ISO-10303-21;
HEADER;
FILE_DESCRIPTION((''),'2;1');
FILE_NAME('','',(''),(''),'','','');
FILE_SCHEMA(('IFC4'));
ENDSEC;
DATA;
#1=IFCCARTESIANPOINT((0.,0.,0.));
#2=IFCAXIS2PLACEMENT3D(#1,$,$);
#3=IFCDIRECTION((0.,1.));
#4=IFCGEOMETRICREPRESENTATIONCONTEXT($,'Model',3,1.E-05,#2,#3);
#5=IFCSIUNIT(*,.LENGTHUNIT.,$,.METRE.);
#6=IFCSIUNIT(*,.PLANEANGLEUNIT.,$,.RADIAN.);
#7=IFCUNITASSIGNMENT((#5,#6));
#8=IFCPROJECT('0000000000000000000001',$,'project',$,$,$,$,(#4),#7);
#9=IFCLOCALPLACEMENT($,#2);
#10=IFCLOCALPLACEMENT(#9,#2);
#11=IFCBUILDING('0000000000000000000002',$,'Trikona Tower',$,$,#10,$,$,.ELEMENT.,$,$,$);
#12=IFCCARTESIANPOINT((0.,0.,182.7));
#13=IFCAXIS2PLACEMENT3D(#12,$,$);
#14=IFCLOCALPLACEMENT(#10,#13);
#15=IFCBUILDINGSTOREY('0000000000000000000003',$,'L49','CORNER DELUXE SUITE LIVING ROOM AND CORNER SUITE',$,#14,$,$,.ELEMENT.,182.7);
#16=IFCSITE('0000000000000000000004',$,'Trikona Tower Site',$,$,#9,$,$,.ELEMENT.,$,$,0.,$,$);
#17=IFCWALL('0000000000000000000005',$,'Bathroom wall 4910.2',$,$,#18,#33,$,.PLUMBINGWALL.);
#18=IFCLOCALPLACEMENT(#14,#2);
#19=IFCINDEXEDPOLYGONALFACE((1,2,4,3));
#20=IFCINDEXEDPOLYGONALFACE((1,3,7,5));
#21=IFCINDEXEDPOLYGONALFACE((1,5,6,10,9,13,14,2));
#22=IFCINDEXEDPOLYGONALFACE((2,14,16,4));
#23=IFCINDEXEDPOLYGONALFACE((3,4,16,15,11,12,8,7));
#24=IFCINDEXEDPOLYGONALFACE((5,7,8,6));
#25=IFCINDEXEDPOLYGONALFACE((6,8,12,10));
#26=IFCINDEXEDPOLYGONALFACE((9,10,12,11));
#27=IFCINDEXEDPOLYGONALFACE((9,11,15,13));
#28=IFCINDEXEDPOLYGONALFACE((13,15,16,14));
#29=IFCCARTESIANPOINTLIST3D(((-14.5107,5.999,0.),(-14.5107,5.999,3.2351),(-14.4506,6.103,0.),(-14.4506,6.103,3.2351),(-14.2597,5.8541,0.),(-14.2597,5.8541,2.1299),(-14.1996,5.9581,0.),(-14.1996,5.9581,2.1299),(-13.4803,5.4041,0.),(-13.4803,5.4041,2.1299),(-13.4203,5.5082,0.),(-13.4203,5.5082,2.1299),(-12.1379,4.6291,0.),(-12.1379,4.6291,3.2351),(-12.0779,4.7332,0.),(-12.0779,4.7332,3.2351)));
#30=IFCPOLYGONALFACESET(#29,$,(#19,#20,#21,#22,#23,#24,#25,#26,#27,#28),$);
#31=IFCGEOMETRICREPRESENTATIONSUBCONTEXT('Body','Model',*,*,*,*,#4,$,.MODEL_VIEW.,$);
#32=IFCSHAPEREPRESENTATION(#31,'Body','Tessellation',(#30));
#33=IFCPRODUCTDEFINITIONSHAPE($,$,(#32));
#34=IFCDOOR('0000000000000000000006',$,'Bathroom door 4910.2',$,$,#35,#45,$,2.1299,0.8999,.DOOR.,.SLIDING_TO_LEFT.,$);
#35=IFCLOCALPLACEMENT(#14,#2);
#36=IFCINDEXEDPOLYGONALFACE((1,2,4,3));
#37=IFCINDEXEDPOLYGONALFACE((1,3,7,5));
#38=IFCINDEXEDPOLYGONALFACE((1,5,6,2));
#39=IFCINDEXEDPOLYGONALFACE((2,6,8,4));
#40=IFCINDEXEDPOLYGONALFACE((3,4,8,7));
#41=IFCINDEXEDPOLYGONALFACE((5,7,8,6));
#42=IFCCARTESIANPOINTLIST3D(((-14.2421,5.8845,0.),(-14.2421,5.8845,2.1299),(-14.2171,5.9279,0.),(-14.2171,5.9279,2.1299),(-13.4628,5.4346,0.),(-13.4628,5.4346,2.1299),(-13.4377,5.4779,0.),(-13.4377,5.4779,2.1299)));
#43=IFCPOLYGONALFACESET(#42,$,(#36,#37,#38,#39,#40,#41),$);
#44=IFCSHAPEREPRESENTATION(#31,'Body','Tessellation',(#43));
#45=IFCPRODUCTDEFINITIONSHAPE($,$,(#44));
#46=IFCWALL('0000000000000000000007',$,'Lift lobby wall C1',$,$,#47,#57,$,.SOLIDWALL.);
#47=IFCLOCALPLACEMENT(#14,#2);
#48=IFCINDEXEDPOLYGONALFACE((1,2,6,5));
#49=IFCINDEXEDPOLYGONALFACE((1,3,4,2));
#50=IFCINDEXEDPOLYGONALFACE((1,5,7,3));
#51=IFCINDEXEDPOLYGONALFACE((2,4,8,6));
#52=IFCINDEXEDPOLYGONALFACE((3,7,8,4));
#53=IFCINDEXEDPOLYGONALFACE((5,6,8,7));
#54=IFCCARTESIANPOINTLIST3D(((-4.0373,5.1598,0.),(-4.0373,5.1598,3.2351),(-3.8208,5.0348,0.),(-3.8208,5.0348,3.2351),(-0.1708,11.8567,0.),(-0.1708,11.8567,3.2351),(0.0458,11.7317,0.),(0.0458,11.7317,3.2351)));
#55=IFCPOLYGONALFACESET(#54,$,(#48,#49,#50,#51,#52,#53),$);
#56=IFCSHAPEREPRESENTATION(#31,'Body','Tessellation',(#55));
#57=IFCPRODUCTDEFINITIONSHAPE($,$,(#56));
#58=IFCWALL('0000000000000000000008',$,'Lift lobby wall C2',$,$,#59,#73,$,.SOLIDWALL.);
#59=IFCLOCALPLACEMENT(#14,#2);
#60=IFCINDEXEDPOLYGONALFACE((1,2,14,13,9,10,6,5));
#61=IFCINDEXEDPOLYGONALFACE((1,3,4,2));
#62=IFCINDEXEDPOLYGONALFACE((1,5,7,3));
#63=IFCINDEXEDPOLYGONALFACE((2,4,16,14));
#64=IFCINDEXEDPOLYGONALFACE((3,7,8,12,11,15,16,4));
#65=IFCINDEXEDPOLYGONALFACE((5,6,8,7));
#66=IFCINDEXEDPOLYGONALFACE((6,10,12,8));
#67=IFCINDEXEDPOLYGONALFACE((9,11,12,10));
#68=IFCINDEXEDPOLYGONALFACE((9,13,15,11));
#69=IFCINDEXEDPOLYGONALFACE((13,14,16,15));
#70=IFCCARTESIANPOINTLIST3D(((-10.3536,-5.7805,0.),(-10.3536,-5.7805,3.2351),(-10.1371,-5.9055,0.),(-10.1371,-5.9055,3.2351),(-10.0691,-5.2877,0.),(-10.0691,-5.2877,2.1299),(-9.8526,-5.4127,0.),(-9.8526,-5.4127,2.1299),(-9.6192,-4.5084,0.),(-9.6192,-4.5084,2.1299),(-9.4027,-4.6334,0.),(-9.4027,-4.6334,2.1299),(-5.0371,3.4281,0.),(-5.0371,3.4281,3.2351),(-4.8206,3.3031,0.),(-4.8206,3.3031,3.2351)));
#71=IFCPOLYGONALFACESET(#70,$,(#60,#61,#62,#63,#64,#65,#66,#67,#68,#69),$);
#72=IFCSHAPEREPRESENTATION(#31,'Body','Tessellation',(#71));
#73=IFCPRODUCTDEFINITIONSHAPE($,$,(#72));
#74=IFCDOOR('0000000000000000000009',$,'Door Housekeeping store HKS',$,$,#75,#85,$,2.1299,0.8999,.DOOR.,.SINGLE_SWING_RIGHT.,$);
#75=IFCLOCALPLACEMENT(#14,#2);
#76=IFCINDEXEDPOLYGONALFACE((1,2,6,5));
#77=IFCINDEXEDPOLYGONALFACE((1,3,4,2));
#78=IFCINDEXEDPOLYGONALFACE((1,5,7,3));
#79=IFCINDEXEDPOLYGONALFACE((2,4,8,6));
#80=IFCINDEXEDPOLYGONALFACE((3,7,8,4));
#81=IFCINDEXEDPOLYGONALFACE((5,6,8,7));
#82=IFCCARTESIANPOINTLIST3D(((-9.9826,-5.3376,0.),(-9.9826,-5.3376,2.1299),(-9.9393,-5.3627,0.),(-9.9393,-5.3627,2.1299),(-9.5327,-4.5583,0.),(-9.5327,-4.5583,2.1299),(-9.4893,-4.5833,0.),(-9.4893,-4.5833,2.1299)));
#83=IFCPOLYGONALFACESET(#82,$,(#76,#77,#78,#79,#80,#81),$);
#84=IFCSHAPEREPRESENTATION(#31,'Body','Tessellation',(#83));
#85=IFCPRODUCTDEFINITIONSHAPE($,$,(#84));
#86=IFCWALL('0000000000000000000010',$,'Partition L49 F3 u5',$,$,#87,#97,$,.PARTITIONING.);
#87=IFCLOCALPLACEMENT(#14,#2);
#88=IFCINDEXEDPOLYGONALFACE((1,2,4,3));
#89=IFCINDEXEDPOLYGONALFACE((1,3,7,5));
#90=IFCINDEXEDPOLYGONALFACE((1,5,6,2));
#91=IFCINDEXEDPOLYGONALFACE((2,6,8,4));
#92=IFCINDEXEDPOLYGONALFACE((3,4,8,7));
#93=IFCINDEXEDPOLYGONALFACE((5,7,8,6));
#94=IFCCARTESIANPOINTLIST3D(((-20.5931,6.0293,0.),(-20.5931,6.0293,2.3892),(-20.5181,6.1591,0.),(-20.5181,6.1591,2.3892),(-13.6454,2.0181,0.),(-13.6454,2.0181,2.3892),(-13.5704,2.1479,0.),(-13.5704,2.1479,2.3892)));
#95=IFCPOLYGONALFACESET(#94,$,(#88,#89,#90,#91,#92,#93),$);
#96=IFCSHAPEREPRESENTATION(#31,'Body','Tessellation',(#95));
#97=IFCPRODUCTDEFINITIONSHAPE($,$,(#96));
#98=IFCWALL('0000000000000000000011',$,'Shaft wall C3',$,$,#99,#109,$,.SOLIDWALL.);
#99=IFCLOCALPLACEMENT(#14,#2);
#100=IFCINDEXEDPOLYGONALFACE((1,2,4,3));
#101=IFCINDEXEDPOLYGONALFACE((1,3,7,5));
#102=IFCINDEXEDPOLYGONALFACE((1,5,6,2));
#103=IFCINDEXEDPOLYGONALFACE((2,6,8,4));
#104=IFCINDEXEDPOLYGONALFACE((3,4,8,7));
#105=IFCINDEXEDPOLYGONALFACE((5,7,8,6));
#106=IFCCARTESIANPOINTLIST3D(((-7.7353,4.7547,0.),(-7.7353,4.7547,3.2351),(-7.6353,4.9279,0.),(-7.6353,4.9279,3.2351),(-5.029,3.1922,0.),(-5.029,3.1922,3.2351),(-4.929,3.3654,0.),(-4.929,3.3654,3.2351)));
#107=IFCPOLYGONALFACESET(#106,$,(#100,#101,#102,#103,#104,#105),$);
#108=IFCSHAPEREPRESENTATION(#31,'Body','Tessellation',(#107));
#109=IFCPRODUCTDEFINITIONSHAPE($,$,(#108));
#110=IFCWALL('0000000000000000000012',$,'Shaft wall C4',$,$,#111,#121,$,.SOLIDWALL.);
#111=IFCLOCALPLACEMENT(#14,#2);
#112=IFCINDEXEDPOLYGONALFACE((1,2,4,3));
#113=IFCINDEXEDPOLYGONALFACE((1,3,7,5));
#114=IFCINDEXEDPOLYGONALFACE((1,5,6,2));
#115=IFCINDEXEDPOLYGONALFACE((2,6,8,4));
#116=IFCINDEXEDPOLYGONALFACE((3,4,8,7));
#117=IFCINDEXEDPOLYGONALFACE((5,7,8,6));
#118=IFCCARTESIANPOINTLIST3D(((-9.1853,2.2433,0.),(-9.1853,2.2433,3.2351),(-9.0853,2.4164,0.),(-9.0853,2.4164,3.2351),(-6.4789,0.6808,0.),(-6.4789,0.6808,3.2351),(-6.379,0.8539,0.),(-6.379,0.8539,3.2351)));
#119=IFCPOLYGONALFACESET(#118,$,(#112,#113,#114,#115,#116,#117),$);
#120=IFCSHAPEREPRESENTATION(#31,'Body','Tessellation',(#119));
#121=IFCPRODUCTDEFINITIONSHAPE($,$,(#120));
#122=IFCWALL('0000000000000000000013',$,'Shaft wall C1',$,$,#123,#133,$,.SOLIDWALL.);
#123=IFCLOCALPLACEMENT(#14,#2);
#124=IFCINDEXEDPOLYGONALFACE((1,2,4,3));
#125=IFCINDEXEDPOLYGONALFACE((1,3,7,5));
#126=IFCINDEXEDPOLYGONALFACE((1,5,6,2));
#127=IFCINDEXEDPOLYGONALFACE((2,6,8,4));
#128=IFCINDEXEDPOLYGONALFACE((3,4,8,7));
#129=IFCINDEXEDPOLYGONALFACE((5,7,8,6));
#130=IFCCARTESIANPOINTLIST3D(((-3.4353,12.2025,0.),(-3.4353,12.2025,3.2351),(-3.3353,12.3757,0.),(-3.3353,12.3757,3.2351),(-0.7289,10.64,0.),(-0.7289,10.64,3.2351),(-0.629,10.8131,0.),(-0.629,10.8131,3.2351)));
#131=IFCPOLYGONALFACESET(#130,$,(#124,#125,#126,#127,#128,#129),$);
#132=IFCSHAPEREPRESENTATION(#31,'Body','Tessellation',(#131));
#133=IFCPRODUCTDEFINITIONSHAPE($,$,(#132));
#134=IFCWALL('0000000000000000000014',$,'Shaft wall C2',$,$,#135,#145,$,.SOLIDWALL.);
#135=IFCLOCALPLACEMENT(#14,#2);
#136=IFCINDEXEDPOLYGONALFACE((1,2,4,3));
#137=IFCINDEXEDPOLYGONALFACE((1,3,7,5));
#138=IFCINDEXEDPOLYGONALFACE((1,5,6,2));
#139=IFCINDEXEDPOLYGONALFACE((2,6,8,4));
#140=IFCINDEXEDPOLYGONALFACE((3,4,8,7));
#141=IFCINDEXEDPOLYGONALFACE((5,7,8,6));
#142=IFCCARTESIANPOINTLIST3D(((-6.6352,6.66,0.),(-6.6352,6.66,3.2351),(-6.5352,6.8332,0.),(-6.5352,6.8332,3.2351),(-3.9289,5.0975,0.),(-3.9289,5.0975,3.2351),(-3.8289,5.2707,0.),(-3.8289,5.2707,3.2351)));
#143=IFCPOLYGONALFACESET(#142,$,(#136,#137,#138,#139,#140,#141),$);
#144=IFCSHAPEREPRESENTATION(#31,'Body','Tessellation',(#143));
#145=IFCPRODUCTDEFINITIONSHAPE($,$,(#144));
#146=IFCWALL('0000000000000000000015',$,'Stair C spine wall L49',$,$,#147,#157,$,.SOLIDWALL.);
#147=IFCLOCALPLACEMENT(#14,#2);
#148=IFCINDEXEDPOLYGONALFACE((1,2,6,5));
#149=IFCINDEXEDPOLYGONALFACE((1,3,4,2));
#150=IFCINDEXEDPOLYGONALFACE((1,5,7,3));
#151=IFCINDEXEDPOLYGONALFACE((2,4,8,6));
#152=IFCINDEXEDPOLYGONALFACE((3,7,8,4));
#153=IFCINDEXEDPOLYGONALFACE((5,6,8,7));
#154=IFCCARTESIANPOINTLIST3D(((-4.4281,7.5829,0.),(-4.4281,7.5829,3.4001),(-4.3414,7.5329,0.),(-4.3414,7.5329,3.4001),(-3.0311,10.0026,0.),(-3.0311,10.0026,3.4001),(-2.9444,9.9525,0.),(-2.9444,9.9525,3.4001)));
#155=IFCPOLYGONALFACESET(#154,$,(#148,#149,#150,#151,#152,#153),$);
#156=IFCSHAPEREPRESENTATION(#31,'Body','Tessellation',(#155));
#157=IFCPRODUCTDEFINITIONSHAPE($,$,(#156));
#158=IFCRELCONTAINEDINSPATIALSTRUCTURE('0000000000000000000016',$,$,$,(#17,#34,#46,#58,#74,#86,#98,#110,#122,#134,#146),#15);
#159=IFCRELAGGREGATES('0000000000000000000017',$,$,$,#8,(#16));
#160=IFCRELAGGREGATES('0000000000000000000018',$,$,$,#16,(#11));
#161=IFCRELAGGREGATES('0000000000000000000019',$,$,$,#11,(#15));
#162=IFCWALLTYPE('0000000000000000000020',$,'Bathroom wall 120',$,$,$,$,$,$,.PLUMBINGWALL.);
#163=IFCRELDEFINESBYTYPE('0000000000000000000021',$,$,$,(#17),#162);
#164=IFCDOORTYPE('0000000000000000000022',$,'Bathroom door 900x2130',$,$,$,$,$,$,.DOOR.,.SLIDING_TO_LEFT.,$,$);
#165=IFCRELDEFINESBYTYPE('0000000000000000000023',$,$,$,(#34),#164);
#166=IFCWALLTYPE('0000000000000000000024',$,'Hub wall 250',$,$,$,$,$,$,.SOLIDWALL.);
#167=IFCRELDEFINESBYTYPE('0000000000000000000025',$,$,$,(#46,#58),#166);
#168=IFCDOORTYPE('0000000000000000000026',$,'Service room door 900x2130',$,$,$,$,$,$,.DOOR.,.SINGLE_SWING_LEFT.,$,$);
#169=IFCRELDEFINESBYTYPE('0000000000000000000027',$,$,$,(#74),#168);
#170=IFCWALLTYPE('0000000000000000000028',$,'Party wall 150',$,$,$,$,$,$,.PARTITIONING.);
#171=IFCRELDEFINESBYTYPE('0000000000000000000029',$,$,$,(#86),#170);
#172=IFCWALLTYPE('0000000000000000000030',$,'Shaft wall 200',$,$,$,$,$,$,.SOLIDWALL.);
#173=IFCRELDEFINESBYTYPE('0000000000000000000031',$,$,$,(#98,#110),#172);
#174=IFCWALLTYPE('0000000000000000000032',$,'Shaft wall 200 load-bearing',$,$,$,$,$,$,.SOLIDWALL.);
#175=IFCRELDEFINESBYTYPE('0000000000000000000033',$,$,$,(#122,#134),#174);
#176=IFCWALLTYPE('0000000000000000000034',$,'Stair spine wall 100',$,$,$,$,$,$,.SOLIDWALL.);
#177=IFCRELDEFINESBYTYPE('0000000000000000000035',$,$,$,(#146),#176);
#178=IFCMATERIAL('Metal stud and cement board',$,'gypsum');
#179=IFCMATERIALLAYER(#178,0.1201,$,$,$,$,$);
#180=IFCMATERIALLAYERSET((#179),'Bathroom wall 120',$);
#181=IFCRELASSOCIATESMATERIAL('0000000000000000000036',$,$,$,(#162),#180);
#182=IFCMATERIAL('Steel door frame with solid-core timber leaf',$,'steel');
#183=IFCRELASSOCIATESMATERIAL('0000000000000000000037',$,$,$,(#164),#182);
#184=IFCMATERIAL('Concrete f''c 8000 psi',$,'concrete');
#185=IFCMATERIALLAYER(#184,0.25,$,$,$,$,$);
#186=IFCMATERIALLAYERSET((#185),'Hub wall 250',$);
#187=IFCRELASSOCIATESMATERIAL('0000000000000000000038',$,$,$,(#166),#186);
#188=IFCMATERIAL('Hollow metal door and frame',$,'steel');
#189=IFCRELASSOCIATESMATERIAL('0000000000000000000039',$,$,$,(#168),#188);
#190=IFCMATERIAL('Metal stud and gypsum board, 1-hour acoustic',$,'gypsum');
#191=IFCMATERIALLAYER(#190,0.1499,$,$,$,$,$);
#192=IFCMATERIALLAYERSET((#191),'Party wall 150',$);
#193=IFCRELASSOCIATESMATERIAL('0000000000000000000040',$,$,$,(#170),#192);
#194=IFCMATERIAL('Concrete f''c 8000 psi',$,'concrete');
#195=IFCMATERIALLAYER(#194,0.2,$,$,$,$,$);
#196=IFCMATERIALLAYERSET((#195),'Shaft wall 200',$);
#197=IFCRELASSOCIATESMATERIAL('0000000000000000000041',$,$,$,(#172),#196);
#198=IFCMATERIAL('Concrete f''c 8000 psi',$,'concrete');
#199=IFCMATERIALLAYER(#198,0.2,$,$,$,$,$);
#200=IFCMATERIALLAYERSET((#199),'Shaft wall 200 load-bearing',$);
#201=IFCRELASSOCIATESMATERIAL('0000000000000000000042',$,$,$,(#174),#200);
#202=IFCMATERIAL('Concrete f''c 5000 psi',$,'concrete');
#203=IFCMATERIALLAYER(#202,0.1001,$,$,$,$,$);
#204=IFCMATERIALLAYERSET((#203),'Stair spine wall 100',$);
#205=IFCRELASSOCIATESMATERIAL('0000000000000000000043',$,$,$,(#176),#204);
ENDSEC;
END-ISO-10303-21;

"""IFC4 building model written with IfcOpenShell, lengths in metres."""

from ifc_helpers import new_model, si_unit, direction, frame, frame_2d, origin, place, context, subcontext, project, spatial, rectangle, extrude, material, layer, layer_set, type_object, element, fill, save


model = new_model("IFC4")

# Units and contexts
model_context = context("Model", 3, precision=1e-05, world=origin(), true_north=direction((0.0, 1.0)))
body_context = subcontext(model_context, "Body", "Model", "MODEL_VIEW")
ifc_project = project(units=[si_unit("LENGTHUNIT", "METRE"), si_unit("PLANEANGLEUNIT", "RADIAN")], contexts=[model_context])

# Site, building, storey
site_placement = place(None, origin())
site = spatial("IfcSite", under=ifc_project, at=site_placement, Name="Trikona Tower Site", CompositionType="ELEMENT", RefElevation=0.0)
building_placement = place(site_placement, origin())
building = spatial("IfcBuilding", under=site, at=building_placement, Name="Trikona Tower", CompositionType="ELEMENT")
storey_placement = place(building_placement, frame((0.0, 0.0, 182.7)))
storey = spatial("IfcBuildingStorey", under=building, at=storey_placement, Name="L49", Description="CORNER DELUXE SUITE LIVING ROOM AND CORNER SUITE", CompositionType="ELEMENT", Elevation=182.7)

# Shared definitions
ifc_material_1 = material(Name="Metal stud and cement board", Category="gypsum")
ifc_layer_1 = layer(ifc_material_1, 0.1201)
ifc_layer_set_1 = layer_set([ifc_layer_1], Name="Bathroom wall 120")
wall_type_1 = type_object("IfcWallType", Name="Bathroom wall 120", PredefinedType="PLUMBINGWALL", material=ifc_layer_set_1)
ifc_material_2 = material(Name="Steel door frame with solid-core timber leaf", Category="steel")
door_type_1 = type_object("IfcDoorType", Name="Bathroom door 900x2130", OperationType="SLIDING_TO_LEFT", PredefinedType="DOOR", material=ifc_material_2)

# Wall, opening, door
wall_1_placement = place(storey_placement, frame((-12.1079, 4.6812, 0.0), z_axis=(0.0, 0.0, 1.0), x_axis=(-0.866036, 0.499982, 0.0)))
wall_1 = element("IfcWall", 1, at=wall_1_placement, inside=storey, type_object=wall_type_1, Name="Bathroom wall 4910.2", PredefinedType="PLUMBINGWALL", context=body_context, shape_type="SweptSolid", body=[
    extrude(rectangle(XDim=2.7397, YDim=0.1201, at=frame_2d((1.3699, 0.0))), origin(), (0.0, 0.0, 1.0), 3.2351),
])
opening_1_placement = place(wall_1_placement, frame((1.55, 0.0, 0.0)))
opening_1 = element("IfcOpeningElement", 2, at=opening_1_placement, cuts=wall_1, PredefinedType="OPENING", context=body_context, shape_type="SweptSolid", body=[
    extrude(rectangle(XDim=0.8999, YDim=2.1299, at=frame_2d((0.45, 1.0649))), frame((0.0, 0.0701, 0.0), z_axis=(0.0, -1.0, 0.0), x_axis=(1.0, 0.0, 0.0)), (0.0, 0.0, 1.0), 0.1401),
])
door_1_placement = place(opening_1_placement, origin())
door_1 = element("IfcDoor", 3, at=door_1_placement, inside=storey, type_object=door_type_1, Name="Bathroom door 4910.2", OperationType="SLIDING_TO_LEFT", OverallHeight=2.1299, OverallWidth=0.8999, PredefinedType="DOOR", context=body_context, shape_type="SweptSolid", body=[
    extrude(rectangle(XDim=0.8999, YDim=2.1299, at=frame_2d((0.45, 1.0649))), frame((0.0, 0.0249, 0.0), z_axis=(0.0, -1.0, 0.0), x_axis=(1.0, 0.0, 0.0)), (0.0, 0.0, 1.0), 0.05),
])
fill(opening_1, door_1)

# Wall
ifc_material_3 = material(Name="Concrete f'c 8000 psi", Category="concrete")
ifc_layer_2 = layer(ifc_material_3, 0.25)
ifc_layer_set_2 = layer_set([ifc_layer_2], Name="Hub wall 250")
wall_type_2 = type_object("IfcWallType", Name="Hub wall 250", PredefinedType="SOLIDWALL", material=ifc_layer_set_2)
wall_2_placement = place(storey_placement, frame((-0.0625, 11.7942, 0.0), z_axis=(0.0, 0.0, 1.0), x_axis=(-0.500007, -0.866022, 0.0)))
element("IfcWall", 4, at=wall_2_placement, inside=storey, type_object=wall_type_2, Name="Lift lobby wall C1", PredefinedType="SOLIDWALL", context=body_context, shape_type="SweptSolid", body=[
    extrude(rectangle(XDim=7.7329, YDim=0.25, at=frame_2d((3.8665, 0.0))), origin(), (0.0, 0.0, 1.0), 3.2351),
])

# Wall, opening, door
wall_3_placement = place(storey_placement, frame((-4.929, 3.3655, 0.0), z_axis=(0.0, 0.0, 1.0), x_axis=(-0.499991, -0.86603, 0.0)))
wall_3 = element("IfcWall", 5, at=wall_3_placement, inside=storey, type_object=wall_type_2, Name="Lift lobby wall C2", PredefinedType="SOLIDWALL", context=body_context, shape_type="SweptSolid", body=[
    extrude(rectangle(XDim=10.6331, YDim=0.25, at=frame_2d((5.3164, 0.0))), origin(), (0.0, 0.0, 1.0), 3.2351),
])
opening_2_placement = place(wall_3_placement, frame((9.1641, 0.0, 0.0)))
opening_2 = element("IfcOpeningElement", 6, at=opening_2_placement, cuts=wall_3, PredefinedType="OPENING", context=body_context, shape_type="SweptSolid", body=[
    extrude(rectangle(XDim=0.8999, YDim=2.1299, at=frame_2d((0.45, 1.0649))), frame((0.0, 0.135, 0.0), z_axis=(0.0, -1.0, 0.0), x_axis=(1.0, 0.0, 0.0)), (0.0, 0.0, 1.0), 0.27),
])
ifc_material_4 = material(Name="Hollow metal door and frame", Category="steel")
door_type_2 = type_object("IfcDoorType", Name="Service room door 900x2130", OperationType="SINGLE_SWING_LEFT", PredefinedType="DOOR", material=ifc_material_4)
door_2_placement = place(opening_2_placement, origin())
door_2 = element("IfcDoor", 7, at=door_2_placement, inside=storey, type_object=door_type_2, Name="Door Housekeeping store HKS", OperationType="SINGLE_SWING_RIGHT", OverallHeight=2.1299, OverallWidth=0.8999, PredefinedType="DOOR", context=body_context, shape_type="SweptSolid", body=[
    extrude(rectangle(XDim=0.8999, YDim=2.1299, at=frame_2d((0.45, 1.0649))), frame((0.0, 0.0249, 0.0), z_axis=(0.0, -1.0, 0.0), x_axis=(1.0, 0.0, 0.0)), (0.0, 0.0, 1.0), 0.05),
])
fill(opening_2, door_2)

# Walls
ifc_material_5 = material(Name="Metal stud and gypsum board, 1-hour acoustic", Category="gypsum")
ifc_layer_3 = layer(ifc_material_5, 0.1499)
ifc_layer_set_3 = layer_set([ifc_layer_3], Name="Party wall 150")
wall_type_3 = type_object("IfcWallType", Name="Party wall 150", PredefinedType="PARTITIONING", material=ifc_layer_set_3)
wall_4_placement = place(storey_placement, frame((-13.6079, 2.083, 0.0), z_axis=(0.0, 0.0, 1.0), x_axis=(-0.866028, 0.499995, 0.0)))
element("IfcWall", 8, at=wall_4_placement, inside=storey, type_object=wall_type_3, Name="Partition L49 F3 u5", PredefinedType="PARTITIONING", context=body_context, shape_type="SweptSolid", body=[
    extrude(rectangle(XDim=8.0225, YDim=0.1499, at=frame_2d((4.0112, 0.0))), origin(), (0.0, 0.0, 1.0), 2.3892),
])
ifc_material_6 = material(Name="Concrete f'c 8000 psi", Category="concrete")
ifc_layer_4 = layer(ifc_material_6, 0.2)
ifc_layer_set_4 = layer_set([ifc_layer_4], Name="Shaft wall 200")
wall_type_4 = type_object("IfcWallType", Name="Shaft wall 200", PredefinedType="SOLIDWALL", material=ifc_layer_set_4)
for number, where, z_axis, x_axis, name in (
    (9, (-4.979, 3.2788, 0.0), (0.0, 0.0, 1.0), (-0.866023, 0.500004, 0.0), "Shaft wall C3"),
    (10, (-6.429, 0.7673, 0.0), (0.0, 0.0, 1.0), (-0.866023, 0.500004, 0.0), "Shaft wall C4"),
):
    element("IfcWall", number, at=place(storey_placement, frame(where, z_axis=z_axis, x_axis=x_axis)), inside=storey, type_object=wall_type_4, Name=name, PredefinedType="SOLIDWALL", context=body_context, shape_type="SweptSolid", body=[
        extrude(rectangle(XDim=3.125, YDim=0.2, at=frame_2d((1.5625, 0.0))), origin(), (0.0, 0.0, 1.0), 3.2351),
    ])
ifc_material_7 = material(Name="Concrete f'c 8000 psi", Category="concrete")
ifc_layer_5 = layer(ifc_material_7, 0.2)
ifc_layer_set_5 = layer_set([ifc_layer_5], Name="Shaft wall 200 load-bearing")
wall_type_5 = type_object("IfcWallType", Name="Shaft wall 200 load-bearing", PredefinedType="SOLIDWALL", material=ifc_layer_set_5)
for number, where, z_axis, x_axis, name in (
    (11, (-0.679, 10.7266, 0.0), (0.0, 0.0, 1.0), (-0.866023, 0.500004, 0.0), "Shaft wall C1"),
    (12, (-3.8789, 5.1841, 0.0), (0.0, 0.0, 1.0), (-0.866023, 0.500004, 0.0), "Shaft wall C2"),
):
    element("IfcWall", number, at=place(storey_placement, frame(where, z_axis=z_axis, x_axis=x_axis)), inside=storey, type_object=wall_type_5, Name=name, PredefinedType="SOLIDWALL", context=body_context, shape_type="SweptSolid", body=[
        extrude(rectangle(XDim=3.125, YDim=0.2, at=frame_2d((1.5625, 0.0))), origin(), (0.0, 0.0, 1.0), 3.2351),
    ])
ifc_material_8 = material(Name="Concrete f'c 5000 psi", Category="concrete")
ifc_layer_6 = layer(ifc_material_8, 0.1001)
ifc_layer_set_6 = layer_set([ifc_layer_6], Name="Stair spine wall 100")
wall_type_6 = type_object("IfcWallType", Name="Stair spine wall 100", PredefinedType="SOLIDWALL", material=ifc_layer_set_6)
wall_5_placement = place(storey_placement, frame((-2.9878, 9.9775, 0.0), z_axis=(0.0, 0.0, 1.0), x_axis=(-0.499992, -0.86603, 0.0)))
element("IfcWall", 13, at=wall_5_placement, inside=storey, type_object=wall_type_6, Name="Stair C spine wall L49", PredefinedType="SOLIDWALL", context=body_context, shape_type="SweptSolid", body=[
    extrude(rectangle(XDim=2.7939, YDim=0.1001, at=frame_2d((1.397, 0.0))), origin(), (0.0, 0.0, 1.0), 3.4001),
])

save(model, "model.ifc")
